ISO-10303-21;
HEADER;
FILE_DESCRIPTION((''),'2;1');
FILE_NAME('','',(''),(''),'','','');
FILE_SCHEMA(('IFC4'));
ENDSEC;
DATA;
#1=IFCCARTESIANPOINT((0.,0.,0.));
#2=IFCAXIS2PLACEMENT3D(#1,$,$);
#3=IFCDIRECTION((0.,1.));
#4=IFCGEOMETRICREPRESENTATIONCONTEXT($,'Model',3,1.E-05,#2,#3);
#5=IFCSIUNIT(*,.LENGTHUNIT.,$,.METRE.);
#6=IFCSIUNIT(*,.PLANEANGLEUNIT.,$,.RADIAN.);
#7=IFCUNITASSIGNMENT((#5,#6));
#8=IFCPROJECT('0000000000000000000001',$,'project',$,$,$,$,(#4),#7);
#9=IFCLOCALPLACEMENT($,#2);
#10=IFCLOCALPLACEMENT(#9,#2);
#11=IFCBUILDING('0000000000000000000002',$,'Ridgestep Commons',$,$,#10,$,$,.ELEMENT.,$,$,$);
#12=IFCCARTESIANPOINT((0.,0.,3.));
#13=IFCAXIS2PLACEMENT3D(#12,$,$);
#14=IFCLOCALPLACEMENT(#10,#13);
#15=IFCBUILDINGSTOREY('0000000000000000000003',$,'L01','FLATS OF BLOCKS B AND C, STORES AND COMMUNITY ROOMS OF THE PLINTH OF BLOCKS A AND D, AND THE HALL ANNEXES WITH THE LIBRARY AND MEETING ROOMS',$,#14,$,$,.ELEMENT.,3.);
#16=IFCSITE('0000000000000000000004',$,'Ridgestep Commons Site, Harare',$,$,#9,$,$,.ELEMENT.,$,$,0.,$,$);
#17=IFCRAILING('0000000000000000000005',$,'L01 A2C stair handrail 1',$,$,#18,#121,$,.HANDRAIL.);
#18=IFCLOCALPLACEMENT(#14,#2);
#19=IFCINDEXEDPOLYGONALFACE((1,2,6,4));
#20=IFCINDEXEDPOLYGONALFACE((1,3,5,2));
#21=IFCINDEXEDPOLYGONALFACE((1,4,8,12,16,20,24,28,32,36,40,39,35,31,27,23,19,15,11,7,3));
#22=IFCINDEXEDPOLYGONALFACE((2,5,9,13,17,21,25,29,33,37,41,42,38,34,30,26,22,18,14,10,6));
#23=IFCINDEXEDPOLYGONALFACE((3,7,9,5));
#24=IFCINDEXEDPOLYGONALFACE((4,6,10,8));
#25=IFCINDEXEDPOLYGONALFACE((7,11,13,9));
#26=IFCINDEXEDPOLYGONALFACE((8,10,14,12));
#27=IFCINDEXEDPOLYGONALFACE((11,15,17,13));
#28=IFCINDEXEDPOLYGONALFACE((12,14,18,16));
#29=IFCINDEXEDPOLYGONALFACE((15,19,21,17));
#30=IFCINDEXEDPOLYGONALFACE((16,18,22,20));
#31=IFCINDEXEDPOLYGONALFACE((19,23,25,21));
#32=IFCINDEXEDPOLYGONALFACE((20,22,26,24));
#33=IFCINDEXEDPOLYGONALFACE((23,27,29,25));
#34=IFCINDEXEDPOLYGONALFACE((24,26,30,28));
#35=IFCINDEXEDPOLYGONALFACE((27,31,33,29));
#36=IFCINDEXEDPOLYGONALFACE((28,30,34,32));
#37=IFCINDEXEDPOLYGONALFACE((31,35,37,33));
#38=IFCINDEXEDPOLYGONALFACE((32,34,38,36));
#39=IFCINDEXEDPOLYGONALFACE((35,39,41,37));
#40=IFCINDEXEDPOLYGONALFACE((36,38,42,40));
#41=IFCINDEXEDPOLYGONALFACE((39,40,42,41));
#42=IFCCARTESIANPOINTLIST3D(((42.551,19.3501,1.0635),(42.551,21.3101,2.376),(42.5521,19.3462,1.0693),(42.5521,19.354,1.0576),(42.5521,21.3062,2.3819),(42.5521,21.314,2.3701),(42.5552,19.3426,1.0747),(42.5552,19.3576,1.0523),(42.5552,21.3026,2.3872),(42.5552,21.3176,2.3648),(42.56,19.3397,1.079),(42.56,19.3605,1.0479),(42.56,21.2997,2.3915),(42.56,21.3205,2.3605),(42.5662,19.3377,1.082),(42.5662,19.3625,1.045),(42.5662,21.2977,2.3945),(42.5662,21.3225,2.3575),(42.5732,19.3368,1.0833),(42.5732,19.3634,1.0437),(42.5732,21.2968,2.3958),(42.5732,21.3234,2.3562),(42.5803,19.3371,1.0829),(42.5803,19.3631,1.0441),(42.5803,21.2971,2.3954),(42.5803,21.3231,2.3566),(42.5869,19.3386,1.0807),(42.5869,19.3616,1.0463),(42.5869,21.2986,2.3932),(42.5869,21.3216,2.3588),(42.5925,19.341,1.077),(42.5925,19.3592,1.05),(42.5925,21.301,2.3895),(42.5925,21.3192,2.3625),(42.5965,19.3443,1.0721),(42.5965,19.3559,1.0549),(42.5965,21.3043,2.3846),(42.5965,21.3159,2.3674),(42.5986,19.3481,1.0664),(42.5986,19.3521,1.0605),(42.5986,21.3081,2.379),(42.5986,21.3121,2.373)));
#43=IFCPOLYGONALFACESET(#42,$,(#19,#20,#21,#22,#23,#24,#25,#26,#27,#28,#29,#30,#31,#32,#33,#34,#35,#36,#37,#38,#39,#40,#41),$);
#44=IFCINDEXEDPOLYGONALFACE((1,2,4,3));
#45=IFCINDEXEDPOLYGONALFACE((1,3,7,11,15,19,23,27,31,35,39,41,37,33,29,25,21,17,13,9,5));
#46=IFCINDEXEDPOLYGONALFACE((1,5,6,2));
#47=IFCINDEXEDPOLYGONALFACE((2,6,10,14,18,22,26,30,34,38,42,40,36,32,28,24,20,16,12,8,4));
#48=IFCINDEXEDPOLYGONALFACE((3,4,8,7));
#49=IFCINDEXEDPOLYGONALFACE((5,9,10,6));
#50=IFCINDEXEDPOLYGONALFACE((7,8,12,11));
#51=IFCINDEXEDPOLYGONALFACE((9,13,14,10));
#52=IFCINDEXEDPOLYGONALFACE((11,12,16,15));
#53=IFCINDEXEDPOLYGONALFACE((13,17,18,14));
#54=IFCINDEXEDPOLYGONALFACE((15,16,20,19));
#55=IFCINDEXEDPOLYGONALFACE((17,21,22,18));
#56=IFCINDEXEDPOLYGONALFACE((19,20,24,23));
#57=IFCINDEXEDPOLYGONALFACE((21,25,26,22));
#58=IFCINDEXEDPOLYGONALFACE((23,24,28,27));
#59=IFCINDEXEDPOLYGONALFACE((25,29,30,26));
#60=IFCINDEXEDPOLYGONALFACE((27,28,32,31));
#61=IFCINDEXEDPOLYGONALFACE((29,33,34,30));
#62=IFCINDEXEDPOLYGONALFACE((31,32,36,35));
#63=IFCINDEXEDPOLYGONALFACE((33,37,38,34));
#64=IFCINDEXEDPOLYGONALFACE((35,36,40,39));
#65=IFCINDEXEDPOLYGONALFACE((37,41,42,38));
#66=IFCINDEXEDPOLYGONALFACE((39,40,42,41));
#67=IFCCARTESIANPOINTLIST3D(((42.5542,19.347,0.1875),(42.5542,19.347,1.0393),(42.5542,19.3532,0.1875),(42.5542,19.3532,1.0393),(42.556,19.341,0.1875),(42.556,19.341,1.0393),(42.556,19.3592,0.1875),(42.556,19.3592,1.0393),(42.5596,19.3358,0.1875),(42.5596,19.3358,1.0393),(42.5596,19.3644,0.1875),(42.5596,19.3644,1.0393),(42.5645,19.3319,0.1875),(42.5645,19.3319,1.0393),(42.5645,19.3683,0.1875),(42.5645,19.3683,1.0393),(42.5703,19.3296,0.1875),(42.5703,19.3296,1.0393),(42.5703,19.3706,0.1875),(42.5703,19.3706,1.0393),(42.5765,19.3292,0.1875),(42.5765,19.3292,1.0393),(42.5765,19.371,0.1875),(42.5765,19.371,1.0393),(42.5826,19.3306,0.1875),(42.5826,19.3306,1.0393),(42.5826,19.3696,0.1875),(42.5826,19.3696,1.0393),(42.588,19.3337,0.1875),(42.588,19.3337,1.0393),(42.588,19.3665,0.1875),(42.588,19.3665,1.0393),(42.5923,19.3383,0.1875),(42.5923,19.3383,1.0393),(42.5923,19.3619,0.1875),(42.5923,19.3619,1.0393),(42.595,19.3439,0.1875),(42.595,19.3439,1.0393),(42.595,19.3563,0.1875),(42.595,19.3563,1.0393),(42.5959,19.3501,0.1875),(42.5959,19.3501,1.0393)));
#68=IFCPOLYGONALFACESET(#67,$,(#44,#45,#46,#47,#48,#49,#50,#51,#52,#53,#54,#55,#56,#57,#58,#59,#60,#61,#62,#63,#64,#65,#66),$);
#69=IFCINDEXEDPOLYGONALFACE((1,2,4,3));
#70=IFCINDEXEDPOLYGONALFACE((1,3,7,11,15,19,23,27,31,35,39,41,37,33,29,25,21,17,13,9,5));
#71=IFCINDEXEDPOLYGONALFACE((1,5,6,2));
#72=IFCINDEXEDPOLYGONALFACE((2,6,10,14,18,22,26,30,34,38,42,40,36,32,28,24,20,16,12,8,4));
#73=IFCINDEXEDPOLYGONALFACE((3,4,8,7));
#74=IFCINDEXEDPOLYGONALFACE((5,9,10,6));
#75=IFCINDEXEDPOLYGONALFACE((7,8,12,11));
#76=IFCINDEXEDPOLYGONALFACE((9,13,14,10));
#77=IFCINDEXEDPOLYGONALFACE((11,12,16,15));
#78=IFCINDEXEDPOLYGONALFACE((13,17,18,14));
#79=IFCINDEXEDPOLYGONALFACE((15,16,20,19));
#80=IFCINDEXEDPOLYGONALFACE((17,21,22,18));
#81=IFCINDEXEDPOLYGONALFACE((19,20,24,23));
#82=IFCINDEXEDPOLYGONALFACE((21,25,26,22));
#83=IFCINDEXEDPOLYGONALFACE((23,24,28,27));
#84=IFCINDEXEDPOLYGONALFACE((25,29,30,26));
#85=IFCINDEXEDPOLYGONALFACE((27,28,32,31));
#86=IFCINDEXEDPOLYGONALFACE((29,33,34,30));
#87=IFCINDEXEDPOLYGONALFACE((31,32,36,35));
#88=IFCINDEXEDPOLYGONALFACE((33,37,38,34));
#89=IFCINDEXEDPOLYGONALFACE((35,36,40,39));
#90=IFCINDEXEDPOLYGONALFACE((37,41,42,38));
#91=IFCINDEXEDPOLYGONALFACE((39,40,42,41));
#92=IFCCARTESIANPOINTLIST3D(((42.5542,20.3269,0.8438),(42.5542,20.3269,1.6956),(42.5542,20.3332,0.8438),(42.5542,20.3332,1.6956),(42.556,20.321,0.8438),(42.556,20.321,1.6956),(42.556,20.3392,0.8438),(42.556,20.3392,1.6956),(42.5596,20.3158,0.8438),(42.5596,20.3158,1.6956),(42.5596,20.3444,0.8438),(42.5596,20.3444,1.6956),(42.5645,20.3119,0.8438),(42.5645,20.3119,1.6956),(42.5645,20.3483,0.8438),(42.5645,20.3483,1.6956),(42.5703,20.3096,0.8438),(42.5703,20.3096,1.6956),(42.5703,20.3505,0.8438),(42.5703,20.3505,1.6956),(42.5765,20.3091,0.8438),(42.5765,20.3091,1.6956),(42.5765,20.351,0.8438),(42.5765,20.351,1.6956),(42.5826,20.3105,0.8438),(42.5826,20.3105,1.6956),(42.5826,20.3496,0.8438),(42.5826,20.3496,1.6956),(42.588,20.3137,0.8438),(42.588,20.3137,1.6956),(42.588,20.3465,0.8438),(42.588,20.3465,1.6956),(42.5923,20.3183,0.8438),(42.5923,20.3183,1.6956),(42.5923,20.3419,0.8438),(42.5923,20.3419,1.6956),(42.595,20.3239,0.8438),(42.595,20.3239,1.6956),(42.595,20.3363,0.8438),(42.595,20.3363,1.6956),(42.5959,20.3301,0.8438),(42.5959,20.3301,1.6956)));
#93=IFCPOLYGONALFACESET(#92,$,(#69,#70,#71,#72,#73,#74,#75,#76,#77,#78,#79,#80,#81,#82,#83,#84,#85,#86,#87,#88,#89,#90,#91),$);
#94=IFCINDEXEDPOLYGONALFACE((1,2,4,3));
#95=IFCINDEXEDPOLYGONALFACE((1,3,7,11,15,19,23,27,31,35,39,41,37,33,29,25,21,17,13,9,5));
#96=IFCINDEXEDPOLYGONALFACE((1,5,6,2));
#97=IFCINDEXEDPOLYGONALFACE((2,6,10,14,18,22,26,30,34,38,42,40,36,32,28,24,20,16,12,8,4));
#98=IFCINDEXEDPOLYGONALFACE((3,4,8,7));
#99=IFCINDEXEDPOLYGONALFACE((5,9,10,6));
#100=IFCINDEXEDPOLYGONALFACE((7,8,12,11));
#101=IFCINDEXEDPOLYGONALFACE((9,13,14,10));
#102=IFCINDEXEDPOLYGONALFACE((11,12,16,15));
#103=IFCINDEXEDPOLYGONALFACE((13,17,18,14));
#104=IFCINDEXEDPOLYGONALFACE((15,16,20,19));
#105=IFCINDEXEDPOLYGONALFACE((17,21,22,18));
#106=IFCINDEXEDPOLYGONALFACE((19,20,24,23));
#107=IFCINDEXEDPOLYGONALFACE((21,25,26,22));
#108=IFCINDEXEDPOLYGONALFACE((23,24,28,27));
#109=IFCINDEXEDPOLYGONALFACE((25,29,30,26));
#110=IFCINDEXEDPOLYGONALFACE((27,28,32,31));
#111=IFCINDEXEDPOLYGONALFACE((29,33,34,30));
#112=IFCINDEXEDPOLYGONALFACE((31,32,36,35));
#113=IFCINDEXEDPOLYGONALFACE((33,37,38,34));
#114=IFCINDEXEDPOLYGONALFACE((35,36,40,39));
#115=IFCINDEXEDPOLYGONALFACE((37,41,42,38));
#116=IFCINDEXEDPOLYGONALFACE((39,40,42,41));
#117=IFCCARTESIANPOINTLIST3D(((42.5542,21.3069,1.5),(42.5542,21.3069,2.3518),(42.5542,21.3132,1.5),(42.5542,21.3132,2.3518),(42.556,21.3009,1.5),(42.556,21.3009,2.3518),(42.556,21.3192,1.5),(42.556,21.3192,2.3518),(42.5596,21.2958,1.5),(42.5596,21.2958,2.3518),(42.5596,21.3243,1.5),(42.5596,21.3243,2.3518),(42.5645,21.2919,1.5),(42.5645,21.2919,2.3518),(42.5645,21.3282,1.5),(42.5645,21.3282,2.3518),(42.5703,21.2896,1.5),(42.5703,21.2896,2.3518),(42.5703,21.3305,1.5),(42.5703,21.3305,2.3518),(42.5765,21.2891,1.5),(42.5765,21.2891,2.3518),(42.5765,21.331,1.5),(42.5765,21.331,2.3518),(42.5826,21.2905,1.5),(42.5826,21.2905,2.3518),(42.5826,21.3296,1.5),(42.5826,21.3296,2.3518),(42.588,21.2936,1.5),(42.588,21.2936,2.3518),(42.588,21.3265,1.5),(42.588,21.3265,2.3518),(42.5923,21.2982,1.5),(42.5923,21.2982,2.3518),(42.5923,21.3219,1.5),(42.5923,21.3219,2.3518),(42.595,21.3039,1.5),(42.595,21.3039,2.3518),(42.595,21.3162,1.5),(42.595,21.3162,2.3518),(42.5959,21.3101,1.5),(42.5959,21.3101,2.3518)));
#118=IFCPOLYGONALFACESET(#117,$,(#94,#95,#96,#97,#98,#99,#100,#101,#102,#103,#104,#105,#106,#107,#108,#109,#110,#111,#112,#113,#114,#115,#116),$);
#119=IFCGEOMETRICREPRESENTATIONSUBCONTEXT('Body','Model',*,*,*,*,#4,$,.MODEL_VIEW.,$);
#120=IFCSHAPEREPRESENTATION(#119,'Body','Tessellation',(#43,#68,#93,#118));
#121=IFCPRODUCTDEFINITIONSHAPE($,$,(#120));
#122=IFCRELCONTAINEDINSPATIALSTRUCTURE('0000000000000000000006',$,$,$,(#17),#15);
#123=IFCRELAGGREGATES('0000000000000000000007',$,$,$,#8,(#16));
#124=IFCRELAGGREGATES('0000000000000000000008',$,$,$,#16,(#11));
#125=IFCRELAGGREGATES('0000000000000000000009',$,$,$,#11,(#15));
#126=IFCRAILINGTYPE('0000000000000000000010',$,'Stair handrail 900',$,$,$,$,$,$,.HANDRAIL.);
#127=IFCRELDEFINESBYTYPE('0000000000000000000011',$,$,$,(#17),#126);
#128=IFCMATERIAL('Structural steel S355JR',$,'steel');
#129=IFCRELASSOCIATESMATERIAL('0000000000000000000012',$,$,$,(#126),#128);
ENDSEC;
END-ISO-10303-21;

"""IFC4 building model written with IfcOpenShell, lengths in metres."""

from ifc_helpers import new_model, si_unit, direction, frame, origin, origin_2d, place, context, subcontext, project, spatial, circle, extrude, material, type_object, element, save


model = new_model("IFC4")

# Units and contexts
model_context = context("Model", 3, precision=1e-05, world=origin(), true_north=direction((0.0, 1.0)))
body_context = subcontext(model_context, "Body", "Model", "MODEL_VIEW")
ifc_project = project(units=[si_unit("LENGTHUNIT", "METRE"), si_unit("PLANEANGLEUNIT", "RADIAN")], contexts=[model_context])

# Site, building, storey
site_placement = place(None, origin())
site = spatial("IfcSite", under=ifc_project, at=site_placement, Name="Ridgestep Commons Site, Harare", CompositionType="ELEMENT", RefElevation=0.0)
building_placement = place(site_placement, origin())
building = spatial("IfcBuilding", under=site, at=building_placement, Name="Ridgestep Commons", CompositionType="ELEMENT")
storey_placement = place(building_placement, frame((0.0, 0.0, 3.0)))
storey = spatial("IfcBuildingStorey", under=building, at=storey_placement, Name="L01", Description="FLATS OF BLOCKS B AND C, STORES AND COMMUNITY ROOMS OF THE PLINTH OF BLOCKS A AND D, AND THE HALL ANNEXES WITH THE LIBRARY AND MEETING ROOMS", CompositionType="ELEMENT", Elevation=3.0)

# Railing
ifc_material_1 = material(Name="Structural steel S355JR", Category="steel")
railing_type_1 = type_object("IfcRailingType", Name="Stair handrail 900", PredefinedType="HANDRAIL", material=ifc_material_1)
railing_1_placement = place(storey_placement, frame((42.575, 19.3501, 0.1875)))
element("IfcRailing", 1, at=railing_1_placement, inside=storey, type_object=railing_type_1, Name="L01 A2C stair handrail 1", PredefinedType="HANDRAIL", context=body_context, shape_type="SweptSolid", body=[
    extrude(circle(Radius=0.0239, at=origin_2d()), frame((0.0, 0.0, 0.876), z_axis=(0.0, 0.830902, 0.556419), x_axis=(-1.0, 0.0, 0.0)), (0.0, 0.0, 1.0), 2.3589),
    extrude(circle(Radius=0.021, at=origin_2d()), origin(), (0.0, 0.0, 1.0), 0.8518),
    extrude(circle(Radius=0.021, at=origin_2d()), frame((0.0, 0.98, 0.6562)), (0.0, 0.0, 1.0), 0.8518),
    extrude(circle(Radius=0.021, at=origin_2d()), frame((0.0, 1.96, 1.3125)), (0.0, 0.0, 1.0), 0.8518),
])

save(model, "model.ifc")
